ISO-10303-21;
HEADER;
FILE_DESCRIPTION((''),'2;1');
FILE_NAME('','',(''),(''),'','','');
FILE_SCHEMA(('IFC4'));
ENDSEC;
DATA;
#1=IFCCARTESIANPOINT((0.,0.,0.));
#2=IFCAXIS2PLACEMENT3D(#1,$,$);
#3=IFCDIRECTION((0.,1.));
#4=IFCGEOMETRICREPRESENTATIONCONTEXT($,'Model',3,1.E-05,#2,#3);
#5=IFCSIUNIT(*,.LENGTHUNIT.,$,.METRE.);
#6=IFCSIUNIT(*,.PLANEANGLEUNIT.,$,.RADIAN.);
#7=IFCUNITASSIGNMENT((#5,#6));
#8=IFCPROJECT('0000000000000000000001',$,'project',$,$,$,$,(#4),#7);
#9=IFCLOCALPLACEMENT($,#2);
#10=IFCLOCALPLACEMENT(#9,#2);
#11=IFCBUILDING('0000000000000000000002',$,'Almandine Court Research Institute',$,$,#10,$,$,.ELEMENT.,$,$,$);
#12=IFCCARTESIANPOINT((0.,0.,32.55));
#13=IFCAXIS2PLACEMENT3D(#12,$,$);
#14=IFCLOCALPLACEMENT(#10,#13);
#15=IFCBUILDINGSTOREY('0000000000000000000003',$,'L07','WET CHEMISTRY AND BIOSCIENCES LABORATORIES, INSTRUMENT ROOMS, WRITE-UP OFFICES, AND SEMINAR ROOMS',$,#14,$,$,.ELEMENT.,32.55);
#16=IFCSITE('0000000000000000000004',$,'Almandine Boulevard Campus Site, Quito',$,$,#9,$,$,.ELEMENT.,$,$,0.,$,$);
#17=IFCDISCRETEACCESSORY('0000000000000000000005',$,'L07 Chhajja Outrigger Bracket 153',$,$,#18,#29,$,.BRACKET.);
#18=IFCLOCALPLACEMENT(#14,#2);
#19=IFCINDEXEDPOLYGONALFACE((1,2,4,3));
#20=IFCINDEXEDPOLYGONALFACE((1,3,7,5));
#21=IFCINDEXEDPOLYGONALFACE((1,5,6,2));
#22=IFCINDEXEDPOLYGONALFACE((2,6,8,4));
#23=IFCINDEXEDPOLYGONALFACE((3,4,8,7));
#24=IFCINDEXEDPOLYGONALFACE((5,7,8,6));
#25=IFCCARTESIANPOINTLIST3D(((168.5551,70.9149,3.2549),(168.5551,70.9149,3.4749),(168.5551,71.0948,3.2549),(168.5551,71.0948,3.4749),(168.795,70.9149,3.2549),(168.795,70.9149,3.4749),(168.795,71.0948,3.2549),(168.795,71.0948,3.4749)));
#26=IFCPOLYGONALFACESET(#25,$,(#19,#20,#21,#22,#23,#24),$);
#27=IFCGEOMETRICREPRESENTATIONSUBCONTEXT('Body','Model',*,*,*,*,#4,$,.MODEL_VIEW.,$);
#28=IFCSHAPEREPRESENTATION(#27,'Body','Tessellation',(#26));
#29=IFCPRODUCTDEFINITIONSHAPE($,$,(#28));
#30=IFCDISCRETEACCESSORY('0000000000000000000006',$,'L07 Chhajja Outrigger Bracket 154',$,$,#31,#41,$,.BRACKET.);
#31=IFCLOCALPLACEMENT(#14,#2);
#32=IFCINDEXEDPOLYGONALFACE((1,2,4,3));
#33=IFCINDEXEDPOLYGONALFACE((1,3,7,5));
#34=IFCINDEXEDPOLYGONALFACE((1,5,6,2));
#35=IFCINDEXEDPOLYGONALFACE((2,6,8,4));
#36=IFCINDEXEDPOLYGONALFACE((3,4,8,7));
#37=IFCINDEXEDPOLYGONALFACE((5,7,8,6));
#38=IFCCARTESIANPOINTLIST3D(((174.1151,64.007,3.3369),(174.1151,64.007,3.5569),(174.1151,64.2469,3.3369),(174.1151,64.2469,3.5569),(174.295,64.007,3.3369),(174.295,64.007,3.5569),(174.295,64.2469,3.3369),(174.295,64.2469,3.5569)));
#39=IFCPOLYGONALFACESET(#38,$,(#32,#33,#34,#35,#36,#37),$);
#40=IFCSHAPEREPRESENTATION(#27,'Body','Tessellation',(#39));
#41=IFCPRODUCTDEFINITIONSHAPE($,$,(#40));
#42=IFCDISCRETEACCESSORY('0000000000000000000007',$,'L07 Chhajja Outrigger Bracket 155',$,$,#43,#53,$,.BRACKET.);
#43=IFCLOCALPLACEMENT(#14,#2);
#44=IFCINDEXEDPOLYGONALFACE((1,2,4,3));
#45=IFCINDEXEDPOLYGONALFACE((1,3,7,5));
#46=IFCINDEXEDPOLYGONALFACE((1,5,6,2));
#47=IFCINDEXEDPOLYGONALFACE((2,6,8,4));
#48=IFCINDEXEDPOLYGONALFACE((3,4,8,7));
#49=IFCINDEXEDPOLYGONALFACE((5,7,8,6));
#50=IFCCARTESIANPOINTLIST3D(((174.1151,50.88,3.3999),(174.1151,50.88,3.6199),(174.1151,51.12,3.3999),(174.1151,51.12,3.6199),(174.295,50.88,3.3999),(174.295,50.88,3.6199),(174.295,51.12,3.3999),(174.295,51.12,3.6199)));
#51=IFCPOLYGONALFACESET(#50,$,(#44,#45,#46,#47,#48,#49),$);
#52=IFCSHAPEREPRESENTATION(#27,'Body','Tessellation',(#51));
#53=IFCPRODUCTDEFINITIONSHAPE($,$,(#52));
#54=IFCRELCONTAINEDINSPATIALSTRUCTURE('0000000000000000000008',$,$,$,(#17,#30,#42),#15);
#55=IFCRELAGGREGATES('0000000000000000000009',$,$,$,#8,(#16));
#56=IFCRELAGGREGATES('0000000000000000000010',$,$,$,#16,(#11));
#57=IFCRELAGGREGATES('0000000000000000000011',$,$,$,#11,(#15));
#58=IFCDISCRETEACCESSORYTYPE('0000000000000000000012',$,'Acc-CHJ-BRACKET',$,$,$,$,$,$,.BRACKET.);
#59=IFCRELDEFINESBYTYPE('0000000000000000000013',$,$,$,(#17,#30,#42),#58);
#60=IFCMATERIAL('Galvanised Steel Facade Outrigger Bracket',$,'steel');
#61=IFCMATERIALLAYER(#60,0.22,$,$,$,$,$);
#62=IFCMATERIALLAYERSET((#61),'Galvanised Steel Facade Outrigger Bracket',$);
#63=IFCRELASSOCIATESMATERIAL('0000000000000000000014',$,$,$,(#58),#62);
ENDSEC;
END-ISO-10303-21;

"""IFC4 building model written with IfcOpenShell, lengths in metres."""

from ifc_helpers import new_model, si_unit, direction, frame, origin, origin_2d, place, context, subcontext, project, spatial, rectangle, extrude, material, layer, layer_set, type_object, element, save


model = new_model("IFC4")

# Units and contexts
model_context = context("Model", 3, precision=1e-05, world=origin(), true_north=direction((0.0, 1.0)))
body_context = subcontext(model_context, "Body", "Model", "MODEL_VIEW")
ifc_project = project(units=[si_unit("LENGTHUNIT", "METRE"), si_unit("PLANEANGLEUNIT", "RADIAN")], contexts=[model_context])

# Site, building, storey
site_placement = place(None, origin())
site = spatial("IfcSite", under=ifc_project, at=site_placement, Name="Almandine Boulevard Campus Site, Quito", CompositionType="ELEMENT", RefElevation=0.0)
building_placement = place(site_placement, origin())
building = spatial("IfcBuilding", under=site, at=building_placement, Name="Almandine Court Research Institute", CompositionType="ELEMENT")
storey_placement = place(building_placement, frame((0.0, 0.0, 32.55)))
storey = spatial("IfcBuildingStorey", under=building, at=storey_placement, Name="L07", Description="WET CHEMISTRY AND BIOSCIENCES LABORATORIES, INSTRUMENT ROOMS, WRITE-UP OFFICES, AND SEMINAR ROOMS", CompositionType="ELEMENT", Elevation=32.55)

# Discrete accessories
ifc_material_1 = material(Name="Galvanised Steel Facade Outrigger Bracket", Category="steel")
ifc_layer_1 = layer(ifc_material_1, 0.22)
ifc_layer_set_1 = layer_set([ifc_layer_1], Name="Galvanised Steel Facade Outrigger Bracket")
discrete_accessory_type = type_object("IfcDiscreteAccessoryType", Name="Acc-CHJ-BRACKET", PredefinedType="BRACKET", material=ifc_layer_set_1)
for number, where, z_axis, x_axis, name in (
    (1, (168.675, 71.0049, 3.2549), (0.0, 0.0, 1.0), (1.0, 0.0, 0.0), "L07 Chhajja Outrigger Bracket 153"),
    (2, (174.2051, 64.127, 3.3369), (0.0, 0.0, 1.0), (0.0, -1.0, 0.0), "L07 Chhajja Outrigger Bracket 154"),
    (3, (174.2051, 51.0, 3.3999), (0.0, 0.0, 1.0), (0.0, -1.0, 0.0), "L07 Chhajja Outrigger Bracket 155"),
):
    element("IfcDiscreteAccessory", number, at=place(storey_placement, frame(where, z_axis=z_axis, x_axis=x_axis)), inside=storey, type_object=discrete_accessory_type, Name=name, PredefinedType="BRACKET", context=body_context, shape_type="SweptSolid", body=[
        extrude(rectangle(XDim=0.24, YDim=0.1799, at=origin_2d()), origin(), (0.0, 0.0, 1.0), 0.22),
    ])

save(model, "model.ifc")
